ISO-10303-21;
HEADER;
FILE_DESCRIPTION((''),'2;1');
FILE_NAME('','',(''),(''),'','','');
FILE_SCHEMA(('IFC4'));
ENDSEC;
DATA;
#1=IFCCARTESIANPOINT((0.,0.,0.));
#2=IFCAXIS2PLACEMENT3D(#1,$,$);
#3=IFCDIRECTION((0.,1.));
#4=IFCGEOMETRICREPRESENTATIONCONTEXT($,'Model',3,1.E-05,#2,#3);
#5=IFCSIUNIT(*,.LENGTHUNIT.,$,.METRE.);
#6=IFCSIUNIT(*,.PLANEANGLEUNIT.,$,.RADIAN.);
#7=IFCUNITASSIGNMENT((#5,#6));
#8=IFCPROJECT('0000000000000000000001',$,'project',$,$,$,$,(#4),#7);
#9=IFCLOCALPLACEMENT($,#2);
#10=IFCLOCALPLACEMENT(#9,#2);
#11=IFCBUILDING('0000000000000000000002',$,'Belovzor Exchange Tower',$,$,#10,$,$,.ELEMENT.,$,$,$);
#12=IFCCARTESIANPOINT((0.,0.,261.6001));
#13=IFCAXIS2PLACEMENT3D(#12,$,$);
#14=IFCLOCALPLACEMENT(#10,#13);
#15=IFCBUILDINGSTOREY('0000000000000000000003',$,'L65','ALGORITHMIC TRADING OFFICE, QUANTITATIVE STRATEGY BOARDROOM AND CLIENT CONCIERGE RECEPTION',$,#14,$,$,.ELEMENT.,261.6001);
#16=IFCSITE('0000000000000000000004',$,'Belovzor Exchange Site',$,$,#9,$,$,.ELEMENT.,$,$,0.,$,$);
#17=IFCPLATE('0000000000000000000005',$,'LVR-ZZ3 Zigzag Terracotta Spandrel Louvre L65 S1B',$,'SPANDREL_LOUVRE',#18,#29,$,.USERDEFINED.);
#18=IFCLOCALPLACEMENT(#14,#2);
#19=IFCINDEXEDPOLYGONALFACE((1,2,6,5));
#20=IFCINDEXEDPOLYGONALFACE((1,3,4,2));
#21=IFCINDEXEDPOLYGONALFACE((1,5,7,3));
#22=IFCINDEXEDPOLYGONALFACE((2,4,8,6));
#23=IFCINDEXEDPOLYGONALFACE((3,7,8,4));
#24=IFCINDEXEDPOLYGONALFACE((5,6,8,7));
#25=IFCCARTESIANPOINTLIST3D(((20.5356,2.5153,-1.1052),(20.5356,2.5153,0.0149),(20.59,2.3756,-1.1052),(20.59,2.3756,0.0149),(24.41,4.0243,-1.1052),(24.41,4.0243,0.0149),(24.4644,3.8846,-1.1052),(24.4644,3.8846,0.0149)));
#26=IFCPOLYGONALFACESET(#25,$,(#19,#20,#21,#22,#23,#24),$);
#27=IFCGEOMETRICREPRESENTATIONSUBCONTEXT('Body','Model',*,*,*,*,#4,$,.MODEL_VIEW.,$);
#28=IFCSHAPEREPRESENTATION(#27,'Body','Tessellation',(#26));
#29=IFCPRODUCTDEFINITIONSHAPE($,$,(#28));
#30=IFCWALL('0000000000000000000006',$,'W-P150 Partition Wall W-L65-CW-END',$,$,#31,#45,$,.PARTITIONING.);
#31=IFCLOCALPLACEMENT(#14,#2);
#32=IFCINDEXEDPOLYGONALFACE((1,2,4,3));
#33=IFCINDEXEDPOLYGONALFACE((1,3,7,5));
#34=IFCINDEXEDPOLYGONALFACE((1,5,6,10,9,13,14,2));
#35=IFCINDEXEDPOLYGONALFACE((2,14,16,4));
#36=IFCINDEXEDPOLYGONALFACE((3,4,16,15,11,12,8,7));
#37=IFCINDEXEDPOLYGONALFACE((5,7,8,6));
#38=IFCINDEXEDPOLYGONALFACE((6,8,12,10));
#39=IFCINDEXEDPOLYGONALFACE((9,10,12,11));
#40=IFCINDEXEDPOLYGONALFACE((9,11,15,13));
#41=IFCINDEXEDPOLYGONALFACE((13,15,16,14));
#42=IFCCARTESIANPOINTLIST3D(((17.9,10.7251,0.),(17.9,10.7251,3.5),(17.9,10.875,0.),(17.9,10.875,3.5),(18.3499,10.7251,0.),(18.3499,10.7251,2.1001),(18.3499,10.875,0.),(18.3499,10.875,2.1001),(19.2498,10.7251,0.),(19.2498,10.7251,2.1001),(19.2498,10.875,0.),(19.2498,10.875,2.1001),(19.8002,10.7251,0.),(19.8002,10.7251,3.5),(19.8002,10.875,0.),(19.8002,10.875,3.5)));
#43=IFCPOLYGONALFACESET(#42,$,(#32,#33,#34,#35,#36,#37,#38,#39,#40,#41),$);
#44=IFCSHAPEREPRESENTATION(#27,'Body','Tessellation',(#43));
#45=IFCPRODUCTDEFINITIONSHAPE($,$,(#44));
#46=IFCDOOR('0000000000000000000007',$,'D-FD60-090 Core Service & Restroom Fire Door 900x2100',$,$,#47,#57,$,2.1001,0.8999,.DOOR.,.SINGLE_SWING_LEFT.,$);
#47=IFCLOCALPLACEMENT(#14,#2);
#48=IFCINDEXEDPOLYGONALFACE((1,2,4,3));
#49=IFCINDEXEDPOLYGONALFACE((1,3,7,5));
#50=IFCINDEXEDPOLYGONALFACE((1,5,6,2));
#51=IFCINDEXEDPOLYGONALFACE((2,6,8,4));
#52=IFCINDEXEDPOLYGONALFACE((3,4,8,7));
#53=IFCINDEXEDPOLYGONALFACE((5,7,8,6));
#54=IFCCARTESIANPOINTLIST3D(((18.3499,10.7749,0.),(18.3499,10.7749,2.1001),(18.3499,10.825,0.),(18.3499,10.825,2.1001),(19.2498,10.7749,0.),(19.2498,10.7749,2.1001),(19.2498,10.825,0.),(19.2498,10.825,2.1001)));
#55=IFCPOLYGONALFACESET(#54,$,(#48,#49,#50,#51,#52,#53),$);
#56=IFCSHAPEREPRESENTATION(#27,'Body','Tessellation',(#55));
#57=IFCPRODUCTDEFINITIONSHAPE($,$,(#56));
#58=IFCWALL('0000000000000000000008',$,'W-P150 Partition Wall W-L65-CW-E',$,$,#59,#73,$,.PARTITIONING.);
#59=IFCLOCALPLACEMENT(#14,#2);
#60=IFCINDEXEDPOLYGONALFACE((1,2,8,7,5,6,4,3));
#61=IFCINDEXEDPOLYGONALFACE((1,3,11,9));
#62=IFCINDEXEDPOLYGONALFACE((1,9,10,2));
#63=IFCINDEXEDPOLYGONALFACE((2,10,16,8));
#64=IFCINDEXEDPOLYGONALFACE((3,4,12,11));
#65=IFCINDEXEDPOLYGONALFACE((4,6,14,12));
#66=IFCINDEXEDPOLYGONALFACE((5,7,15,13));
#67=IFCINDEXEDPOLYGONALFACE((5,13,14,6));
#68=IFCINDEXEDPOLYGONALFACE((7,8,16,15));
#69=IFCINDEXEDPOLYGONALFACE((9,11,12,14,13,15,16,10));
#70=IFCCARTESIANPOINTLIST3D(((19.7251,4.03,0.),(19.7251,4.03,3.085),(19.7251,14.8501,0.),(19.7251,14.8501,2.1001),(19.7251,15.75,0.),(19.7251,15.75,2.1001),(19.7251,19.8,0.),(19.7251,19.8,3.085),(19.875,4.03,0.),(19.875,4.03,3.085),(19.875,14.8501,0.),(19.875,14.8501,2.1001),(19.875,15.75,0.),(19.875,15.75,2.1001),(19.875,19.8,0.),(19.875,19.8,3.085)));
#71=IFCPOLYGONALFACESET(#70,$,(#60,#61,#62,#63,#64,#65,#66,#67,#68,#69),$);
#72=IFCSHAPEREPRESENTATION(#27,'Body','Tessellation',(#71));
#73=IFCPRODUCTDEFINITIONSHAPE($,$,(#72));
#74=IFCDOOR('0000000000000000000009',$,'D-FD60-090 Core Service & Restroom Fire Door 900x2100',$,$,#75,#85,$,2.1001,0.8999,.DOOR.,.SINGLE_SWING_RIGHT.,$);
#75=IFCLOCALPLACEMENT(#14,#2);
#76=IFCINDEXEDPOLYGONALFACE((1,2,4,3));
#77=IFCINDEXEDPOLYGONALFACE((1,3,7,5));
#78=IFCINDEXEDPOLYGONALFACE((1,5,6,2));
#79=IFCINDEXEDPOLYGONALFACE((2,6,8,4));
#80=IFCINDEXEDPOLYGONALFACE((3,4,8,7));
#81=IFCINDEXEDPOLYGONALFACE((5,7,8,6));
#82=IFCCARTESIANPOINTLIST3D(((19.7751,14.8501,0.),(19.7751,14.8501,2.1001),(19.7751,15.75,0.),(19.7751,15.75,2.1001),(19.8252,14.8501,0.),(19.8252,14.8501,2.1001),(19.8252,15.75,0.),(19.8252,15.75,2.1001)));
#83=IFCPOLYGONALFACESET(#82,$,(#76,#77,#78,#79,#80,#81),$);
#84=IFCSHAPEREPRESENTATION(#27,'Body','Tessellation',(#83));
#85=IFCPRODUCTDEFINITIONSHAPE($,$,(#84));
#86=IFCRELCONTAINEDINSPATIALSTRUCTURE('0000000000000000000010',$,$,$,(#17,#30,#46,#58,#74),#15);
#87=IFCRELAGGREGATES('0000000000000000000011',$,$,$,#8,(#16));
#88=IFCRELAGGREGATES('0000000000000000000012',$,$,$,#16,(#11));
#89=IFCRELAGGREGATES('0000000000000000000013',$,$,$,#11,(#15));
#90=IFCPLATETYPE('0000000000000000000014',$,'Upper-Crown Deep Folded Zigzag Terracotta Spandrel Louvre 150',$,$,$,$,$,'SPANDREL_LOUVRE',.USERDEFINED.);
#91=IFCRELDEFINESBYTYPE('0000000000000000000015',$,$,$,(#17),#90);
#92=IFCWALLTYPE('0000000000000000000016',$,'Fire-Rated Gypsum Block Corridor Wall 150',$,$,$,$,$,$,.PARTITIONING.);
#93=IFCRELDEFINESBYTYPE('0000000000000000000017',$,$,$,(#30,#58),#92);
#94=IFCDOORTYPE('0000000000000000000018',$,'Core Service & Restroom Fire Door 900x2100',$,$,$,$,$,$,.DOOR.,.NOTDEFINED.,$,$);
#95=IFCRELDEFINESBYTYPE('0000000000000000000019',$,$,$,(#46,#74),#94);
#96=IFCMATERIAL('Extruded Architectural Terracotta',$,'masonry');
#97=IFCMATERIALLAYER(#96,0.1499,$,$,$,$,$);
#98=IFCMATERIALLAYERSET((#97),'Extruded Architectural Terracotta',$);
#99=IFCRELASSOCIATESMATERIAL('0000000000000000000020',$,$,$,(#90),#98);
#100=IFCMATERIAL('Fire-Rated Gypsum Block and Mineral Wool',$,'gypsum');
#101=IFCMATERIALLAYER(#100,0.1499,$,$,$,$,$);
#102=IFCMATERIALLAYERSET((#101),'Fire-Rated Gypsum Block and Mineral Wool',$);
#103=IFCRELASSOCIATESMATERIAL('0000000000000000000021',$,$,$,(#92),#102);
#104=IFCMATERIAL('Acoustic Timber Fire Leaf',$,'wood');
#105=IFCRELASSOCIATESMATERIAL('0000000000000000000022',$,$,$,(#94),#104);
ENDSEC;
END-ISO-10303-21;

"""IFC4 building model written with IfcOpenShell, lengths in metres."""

from ifc_helpers import new_model, si_unit, direction, frame, frame_2d, origin, origin_2d, place, context, subcontext, project, spatial, rectangle, extrude, material, layer, layer_set, type_object, element, fill, save


model = new_model("IFC4")

# Units and contexts
model_context = context("Model", 3, precision=1e-05, world=origin(), true_north=direction((0.0, 1.0)))
body_context = subcontext(model_context, "Body", "Model", "MODEL_VIEW")
ifc_project = project(units=[si_unit("LENGTHUNIT", "METRE"), si_unit("PLANEANGLEUNIT", "RADIAN")], contexts=[model_context])

# Site, building, storey
site_placement = place(None, origin())
site = spatial("IfcSite", under=ifc_project, at=site_placement, Name="Belovzor Exchange Site", CompositionType="ELEMENT", RefElevation=0.0)
building_placement = place(site_placement, origin())
building = spatial("IfcBuilding", under=site, at=building_placement, Name="Belovzor Exchange Tower", CompositionType="ELEMENT")
storey_placement = place(building_placement, frame((0.0, 0.0, 261.6001)))
storey = spatial("IfcBuildingStorey", under=building, at=storey_placement, Name="L65", Description="ALGORITHMIC TRADING OFFICE, QUANTITATIVE STRATEGY BOARDROOM AND CLIENT CONCIERGE RECEPTION", CompositionType="ELEMENT", Elevation=261.6001)

# Plate
ifc_material_1 = material(Name="Extruded Architectural Terracotta", Category="masonry")
ifc_layer_1 = layer(ifc_material_1, 0.1499)
ifc_layer_set_1 = layer_set([ifc_layer_1], Name="Extruded Architectural Terracotta")
plate_type_1 = type_object("IfcPlateType", Name="Upper-Crown Deep Folded Zigzag Terracotta Spandrel Louvre 150", ElementType="SPANDREL_LOUVRE", PredefinedType="USERDEFINED", material=ifc_layer_set_1)
for number, where, z_axis, x_axis, name in (
    (1, (22.5, 3.2, -1.1052), (0.0, 0.0, 1.0), (0.931818, 0.362926, 0.0), "LVR-ZZ3 Zigzag Terracotta Spandrel Louvre L65 S1B"),
):
    element("IfcPlate", number, at=place(storey_placement, frame(where, z_axis=z_axis, x_axis=x_axis)), inside=storey, type_object=plate_type_1, Name=name, ObjectType="SPANDREL_LOUVRE", PredefinedType="USERDEFINED", context=body_context, shape_type="SweptSolid", body=[
        extrude(rectangle(XDim=4.158, YDim=0.1499, at=origin_2d()), origin(), (0.0, 0.0, 1.0), 1.1201),
    ])

# Walls, openings, doors
ifc_material_2 = material(Name="Fire-Rated Gypsum Block and Mineral Wool", Category="gypsum")
ifc_layer_2 = layer(ifc_material_2, 0.1499)
ifc_layer_set_2 = layer_set([ifc_layer_2], Name="Fire-Rated Gypsum Block and Mineral Wool")
wall_type_1 = type_object("IfcWallType", Name="Fire-Rated Gypsum Block Corridor Wall 150", PredefinedType="PARTITIONING", material=ifc_layer_set_2)
wall_1_placement = place(storey_placement, frame((17.8999, 10.8, 0.0), z_axis=(0.0, 0.0, 1.0), x_axis=(1.0, 0.0, 0.0)))
wall_1 = element("IfcWall", 2, at=wall_1_placement, inside=storey, type_object=wall_type_1, Name="W-P150 Partition Wall W-L65-CW-END", PredefinedType="PARTITIONING", context=body_context, shape_type="SweptSolid", body=[
    extrude(rectangle(XDim=1.9001, YDim=0.1499, at=frame_2d((0.9502, 0.0))), origin(), (0.0, 0.0, 1.0), 3.5),
])
opening_1_placement = place(wall_1_placement, frame((0.45, 0.0, 0.0)))
opening_1 = element("IfcOpeningElement", 3, at=opening_1_placement, cuts=wall_1, PredefinedType="OPENING", context=body_context, shape_type="SweptSolid", body=[
    extrude(rectangle(XDim=0.8999, YDim=2.1001, at=frame_2d((0.45, 1.05))), frame((0.0, 0.085, 0.0), z_axis=(0.0, -1.0, 0.0), x_axis=(1.0, 0.0, 0.0)), (0.0, 0.0, 1.0), 0.1699),
])
ifc_material_3 = material(Name="Acoustic Timber Fire Leaf", Category="wood")
door_type_1 = type_object("IfcDoorType", Name="Core Service & Restroom Fire Door 900x2100", OperationType="NOTDEFINED", PredefinedType="DOOR", material=ifc_material_3)
door_1_placement = place(opening_1_placement, origin())
door_1 = element("IfcDoor", 4, at=door_1_placement, inside=storey, type_object=door_type_1, Name="D-FD60-090 Core Service & Restroom Fire Door 900x2100", OperationType="SINGLE_SWING_LEFT", OverallHeight=2.1001, OverallWidth=0.8999, PredefinedType="DOOR", context=body_context, shape_type="SweptSolid", body=[
    extrude(rectangle(XDim=0.8999, YDim=2.1001, at=frame_2d((0.45, 1.05))), frame((0.0, 0.0249, 0.0), z_axis=(0.0, -1.0, 0.0), x_axis=(1.0, 0.0, 0.0)), (0.0, 0.0, 1.0), 0.05),
])
fill(opening_1, door_1)
wall_2_placement = place(storey_placement, frame((19.8, 4.03, 0.0), z_axis=(0.0, 0.0, 1.0), x_axis=(0.0, 1.0, 0.0)))
wall_2 = element("IfcWall", 5, at=wall_2_placement, inside=storey, type_object=wall_type_1, Name="W-P150 Partition Wall W-L65-CW-E", PredefinedType="PARTITIONING", context=body_context, shape_type="SweptSolid", body=[
    extrude(rectangle(XDim=15.77, YDim=0.1499, at=frame_2d((7.885, 0.0))), origin(), (0.0, 0.0, 1.0), 3.085),
])
opening_2_placement = place(wall_2_placement, frame((10.8201, 0.0, 0.0)))
opening_2 = element("IfcOpeningElement", 6, at=opening_2_placement, cuts=wall_2, PredefinedType="OPENING", context=body_context, shape_type="SweptSolid", body=[
    extrude(rectangle(XDim=0.8999, YDim=2.1001, at=frame_2d((0.45, 1.05))), frame((0.0, 0.085, 0.0), z_axis=(0.0, -1.0, 0.0), x_axis=(1.0, 0.0, 0.0)), (0.0, 0.0, 1.0), 0.1699),
])
door_2_placement = place(opening_2_placement, origin())
door_2 = element("IfcDoor", 7, at=door_2_placement, inside=storey, type_object=door_type_1, Name="D-FD60-090 Core Service & Restroom Fire Door 900x2100", OperationType="SINGLE_SWING_RIGHT", OverallHeight=2.1001, OverallWidth=0.8999, PredefinedType="DOOR", context=body_context, shape_type="SweptSolid", body=[
    extrude(rectangle(XDim=0.8999, YDim=2.1001, at=frame_2d((0.45, 1.05))), frame((0.0, 0.0249, 0.0), z_axis=(0.0, -1.0, 0.0), x_axis=(1.0, 0.0, 0.0)), (0.0, 0.0, 1.0), 0.05),
])
fill(opening_2, door_2)

save(model, "model.ifc")
